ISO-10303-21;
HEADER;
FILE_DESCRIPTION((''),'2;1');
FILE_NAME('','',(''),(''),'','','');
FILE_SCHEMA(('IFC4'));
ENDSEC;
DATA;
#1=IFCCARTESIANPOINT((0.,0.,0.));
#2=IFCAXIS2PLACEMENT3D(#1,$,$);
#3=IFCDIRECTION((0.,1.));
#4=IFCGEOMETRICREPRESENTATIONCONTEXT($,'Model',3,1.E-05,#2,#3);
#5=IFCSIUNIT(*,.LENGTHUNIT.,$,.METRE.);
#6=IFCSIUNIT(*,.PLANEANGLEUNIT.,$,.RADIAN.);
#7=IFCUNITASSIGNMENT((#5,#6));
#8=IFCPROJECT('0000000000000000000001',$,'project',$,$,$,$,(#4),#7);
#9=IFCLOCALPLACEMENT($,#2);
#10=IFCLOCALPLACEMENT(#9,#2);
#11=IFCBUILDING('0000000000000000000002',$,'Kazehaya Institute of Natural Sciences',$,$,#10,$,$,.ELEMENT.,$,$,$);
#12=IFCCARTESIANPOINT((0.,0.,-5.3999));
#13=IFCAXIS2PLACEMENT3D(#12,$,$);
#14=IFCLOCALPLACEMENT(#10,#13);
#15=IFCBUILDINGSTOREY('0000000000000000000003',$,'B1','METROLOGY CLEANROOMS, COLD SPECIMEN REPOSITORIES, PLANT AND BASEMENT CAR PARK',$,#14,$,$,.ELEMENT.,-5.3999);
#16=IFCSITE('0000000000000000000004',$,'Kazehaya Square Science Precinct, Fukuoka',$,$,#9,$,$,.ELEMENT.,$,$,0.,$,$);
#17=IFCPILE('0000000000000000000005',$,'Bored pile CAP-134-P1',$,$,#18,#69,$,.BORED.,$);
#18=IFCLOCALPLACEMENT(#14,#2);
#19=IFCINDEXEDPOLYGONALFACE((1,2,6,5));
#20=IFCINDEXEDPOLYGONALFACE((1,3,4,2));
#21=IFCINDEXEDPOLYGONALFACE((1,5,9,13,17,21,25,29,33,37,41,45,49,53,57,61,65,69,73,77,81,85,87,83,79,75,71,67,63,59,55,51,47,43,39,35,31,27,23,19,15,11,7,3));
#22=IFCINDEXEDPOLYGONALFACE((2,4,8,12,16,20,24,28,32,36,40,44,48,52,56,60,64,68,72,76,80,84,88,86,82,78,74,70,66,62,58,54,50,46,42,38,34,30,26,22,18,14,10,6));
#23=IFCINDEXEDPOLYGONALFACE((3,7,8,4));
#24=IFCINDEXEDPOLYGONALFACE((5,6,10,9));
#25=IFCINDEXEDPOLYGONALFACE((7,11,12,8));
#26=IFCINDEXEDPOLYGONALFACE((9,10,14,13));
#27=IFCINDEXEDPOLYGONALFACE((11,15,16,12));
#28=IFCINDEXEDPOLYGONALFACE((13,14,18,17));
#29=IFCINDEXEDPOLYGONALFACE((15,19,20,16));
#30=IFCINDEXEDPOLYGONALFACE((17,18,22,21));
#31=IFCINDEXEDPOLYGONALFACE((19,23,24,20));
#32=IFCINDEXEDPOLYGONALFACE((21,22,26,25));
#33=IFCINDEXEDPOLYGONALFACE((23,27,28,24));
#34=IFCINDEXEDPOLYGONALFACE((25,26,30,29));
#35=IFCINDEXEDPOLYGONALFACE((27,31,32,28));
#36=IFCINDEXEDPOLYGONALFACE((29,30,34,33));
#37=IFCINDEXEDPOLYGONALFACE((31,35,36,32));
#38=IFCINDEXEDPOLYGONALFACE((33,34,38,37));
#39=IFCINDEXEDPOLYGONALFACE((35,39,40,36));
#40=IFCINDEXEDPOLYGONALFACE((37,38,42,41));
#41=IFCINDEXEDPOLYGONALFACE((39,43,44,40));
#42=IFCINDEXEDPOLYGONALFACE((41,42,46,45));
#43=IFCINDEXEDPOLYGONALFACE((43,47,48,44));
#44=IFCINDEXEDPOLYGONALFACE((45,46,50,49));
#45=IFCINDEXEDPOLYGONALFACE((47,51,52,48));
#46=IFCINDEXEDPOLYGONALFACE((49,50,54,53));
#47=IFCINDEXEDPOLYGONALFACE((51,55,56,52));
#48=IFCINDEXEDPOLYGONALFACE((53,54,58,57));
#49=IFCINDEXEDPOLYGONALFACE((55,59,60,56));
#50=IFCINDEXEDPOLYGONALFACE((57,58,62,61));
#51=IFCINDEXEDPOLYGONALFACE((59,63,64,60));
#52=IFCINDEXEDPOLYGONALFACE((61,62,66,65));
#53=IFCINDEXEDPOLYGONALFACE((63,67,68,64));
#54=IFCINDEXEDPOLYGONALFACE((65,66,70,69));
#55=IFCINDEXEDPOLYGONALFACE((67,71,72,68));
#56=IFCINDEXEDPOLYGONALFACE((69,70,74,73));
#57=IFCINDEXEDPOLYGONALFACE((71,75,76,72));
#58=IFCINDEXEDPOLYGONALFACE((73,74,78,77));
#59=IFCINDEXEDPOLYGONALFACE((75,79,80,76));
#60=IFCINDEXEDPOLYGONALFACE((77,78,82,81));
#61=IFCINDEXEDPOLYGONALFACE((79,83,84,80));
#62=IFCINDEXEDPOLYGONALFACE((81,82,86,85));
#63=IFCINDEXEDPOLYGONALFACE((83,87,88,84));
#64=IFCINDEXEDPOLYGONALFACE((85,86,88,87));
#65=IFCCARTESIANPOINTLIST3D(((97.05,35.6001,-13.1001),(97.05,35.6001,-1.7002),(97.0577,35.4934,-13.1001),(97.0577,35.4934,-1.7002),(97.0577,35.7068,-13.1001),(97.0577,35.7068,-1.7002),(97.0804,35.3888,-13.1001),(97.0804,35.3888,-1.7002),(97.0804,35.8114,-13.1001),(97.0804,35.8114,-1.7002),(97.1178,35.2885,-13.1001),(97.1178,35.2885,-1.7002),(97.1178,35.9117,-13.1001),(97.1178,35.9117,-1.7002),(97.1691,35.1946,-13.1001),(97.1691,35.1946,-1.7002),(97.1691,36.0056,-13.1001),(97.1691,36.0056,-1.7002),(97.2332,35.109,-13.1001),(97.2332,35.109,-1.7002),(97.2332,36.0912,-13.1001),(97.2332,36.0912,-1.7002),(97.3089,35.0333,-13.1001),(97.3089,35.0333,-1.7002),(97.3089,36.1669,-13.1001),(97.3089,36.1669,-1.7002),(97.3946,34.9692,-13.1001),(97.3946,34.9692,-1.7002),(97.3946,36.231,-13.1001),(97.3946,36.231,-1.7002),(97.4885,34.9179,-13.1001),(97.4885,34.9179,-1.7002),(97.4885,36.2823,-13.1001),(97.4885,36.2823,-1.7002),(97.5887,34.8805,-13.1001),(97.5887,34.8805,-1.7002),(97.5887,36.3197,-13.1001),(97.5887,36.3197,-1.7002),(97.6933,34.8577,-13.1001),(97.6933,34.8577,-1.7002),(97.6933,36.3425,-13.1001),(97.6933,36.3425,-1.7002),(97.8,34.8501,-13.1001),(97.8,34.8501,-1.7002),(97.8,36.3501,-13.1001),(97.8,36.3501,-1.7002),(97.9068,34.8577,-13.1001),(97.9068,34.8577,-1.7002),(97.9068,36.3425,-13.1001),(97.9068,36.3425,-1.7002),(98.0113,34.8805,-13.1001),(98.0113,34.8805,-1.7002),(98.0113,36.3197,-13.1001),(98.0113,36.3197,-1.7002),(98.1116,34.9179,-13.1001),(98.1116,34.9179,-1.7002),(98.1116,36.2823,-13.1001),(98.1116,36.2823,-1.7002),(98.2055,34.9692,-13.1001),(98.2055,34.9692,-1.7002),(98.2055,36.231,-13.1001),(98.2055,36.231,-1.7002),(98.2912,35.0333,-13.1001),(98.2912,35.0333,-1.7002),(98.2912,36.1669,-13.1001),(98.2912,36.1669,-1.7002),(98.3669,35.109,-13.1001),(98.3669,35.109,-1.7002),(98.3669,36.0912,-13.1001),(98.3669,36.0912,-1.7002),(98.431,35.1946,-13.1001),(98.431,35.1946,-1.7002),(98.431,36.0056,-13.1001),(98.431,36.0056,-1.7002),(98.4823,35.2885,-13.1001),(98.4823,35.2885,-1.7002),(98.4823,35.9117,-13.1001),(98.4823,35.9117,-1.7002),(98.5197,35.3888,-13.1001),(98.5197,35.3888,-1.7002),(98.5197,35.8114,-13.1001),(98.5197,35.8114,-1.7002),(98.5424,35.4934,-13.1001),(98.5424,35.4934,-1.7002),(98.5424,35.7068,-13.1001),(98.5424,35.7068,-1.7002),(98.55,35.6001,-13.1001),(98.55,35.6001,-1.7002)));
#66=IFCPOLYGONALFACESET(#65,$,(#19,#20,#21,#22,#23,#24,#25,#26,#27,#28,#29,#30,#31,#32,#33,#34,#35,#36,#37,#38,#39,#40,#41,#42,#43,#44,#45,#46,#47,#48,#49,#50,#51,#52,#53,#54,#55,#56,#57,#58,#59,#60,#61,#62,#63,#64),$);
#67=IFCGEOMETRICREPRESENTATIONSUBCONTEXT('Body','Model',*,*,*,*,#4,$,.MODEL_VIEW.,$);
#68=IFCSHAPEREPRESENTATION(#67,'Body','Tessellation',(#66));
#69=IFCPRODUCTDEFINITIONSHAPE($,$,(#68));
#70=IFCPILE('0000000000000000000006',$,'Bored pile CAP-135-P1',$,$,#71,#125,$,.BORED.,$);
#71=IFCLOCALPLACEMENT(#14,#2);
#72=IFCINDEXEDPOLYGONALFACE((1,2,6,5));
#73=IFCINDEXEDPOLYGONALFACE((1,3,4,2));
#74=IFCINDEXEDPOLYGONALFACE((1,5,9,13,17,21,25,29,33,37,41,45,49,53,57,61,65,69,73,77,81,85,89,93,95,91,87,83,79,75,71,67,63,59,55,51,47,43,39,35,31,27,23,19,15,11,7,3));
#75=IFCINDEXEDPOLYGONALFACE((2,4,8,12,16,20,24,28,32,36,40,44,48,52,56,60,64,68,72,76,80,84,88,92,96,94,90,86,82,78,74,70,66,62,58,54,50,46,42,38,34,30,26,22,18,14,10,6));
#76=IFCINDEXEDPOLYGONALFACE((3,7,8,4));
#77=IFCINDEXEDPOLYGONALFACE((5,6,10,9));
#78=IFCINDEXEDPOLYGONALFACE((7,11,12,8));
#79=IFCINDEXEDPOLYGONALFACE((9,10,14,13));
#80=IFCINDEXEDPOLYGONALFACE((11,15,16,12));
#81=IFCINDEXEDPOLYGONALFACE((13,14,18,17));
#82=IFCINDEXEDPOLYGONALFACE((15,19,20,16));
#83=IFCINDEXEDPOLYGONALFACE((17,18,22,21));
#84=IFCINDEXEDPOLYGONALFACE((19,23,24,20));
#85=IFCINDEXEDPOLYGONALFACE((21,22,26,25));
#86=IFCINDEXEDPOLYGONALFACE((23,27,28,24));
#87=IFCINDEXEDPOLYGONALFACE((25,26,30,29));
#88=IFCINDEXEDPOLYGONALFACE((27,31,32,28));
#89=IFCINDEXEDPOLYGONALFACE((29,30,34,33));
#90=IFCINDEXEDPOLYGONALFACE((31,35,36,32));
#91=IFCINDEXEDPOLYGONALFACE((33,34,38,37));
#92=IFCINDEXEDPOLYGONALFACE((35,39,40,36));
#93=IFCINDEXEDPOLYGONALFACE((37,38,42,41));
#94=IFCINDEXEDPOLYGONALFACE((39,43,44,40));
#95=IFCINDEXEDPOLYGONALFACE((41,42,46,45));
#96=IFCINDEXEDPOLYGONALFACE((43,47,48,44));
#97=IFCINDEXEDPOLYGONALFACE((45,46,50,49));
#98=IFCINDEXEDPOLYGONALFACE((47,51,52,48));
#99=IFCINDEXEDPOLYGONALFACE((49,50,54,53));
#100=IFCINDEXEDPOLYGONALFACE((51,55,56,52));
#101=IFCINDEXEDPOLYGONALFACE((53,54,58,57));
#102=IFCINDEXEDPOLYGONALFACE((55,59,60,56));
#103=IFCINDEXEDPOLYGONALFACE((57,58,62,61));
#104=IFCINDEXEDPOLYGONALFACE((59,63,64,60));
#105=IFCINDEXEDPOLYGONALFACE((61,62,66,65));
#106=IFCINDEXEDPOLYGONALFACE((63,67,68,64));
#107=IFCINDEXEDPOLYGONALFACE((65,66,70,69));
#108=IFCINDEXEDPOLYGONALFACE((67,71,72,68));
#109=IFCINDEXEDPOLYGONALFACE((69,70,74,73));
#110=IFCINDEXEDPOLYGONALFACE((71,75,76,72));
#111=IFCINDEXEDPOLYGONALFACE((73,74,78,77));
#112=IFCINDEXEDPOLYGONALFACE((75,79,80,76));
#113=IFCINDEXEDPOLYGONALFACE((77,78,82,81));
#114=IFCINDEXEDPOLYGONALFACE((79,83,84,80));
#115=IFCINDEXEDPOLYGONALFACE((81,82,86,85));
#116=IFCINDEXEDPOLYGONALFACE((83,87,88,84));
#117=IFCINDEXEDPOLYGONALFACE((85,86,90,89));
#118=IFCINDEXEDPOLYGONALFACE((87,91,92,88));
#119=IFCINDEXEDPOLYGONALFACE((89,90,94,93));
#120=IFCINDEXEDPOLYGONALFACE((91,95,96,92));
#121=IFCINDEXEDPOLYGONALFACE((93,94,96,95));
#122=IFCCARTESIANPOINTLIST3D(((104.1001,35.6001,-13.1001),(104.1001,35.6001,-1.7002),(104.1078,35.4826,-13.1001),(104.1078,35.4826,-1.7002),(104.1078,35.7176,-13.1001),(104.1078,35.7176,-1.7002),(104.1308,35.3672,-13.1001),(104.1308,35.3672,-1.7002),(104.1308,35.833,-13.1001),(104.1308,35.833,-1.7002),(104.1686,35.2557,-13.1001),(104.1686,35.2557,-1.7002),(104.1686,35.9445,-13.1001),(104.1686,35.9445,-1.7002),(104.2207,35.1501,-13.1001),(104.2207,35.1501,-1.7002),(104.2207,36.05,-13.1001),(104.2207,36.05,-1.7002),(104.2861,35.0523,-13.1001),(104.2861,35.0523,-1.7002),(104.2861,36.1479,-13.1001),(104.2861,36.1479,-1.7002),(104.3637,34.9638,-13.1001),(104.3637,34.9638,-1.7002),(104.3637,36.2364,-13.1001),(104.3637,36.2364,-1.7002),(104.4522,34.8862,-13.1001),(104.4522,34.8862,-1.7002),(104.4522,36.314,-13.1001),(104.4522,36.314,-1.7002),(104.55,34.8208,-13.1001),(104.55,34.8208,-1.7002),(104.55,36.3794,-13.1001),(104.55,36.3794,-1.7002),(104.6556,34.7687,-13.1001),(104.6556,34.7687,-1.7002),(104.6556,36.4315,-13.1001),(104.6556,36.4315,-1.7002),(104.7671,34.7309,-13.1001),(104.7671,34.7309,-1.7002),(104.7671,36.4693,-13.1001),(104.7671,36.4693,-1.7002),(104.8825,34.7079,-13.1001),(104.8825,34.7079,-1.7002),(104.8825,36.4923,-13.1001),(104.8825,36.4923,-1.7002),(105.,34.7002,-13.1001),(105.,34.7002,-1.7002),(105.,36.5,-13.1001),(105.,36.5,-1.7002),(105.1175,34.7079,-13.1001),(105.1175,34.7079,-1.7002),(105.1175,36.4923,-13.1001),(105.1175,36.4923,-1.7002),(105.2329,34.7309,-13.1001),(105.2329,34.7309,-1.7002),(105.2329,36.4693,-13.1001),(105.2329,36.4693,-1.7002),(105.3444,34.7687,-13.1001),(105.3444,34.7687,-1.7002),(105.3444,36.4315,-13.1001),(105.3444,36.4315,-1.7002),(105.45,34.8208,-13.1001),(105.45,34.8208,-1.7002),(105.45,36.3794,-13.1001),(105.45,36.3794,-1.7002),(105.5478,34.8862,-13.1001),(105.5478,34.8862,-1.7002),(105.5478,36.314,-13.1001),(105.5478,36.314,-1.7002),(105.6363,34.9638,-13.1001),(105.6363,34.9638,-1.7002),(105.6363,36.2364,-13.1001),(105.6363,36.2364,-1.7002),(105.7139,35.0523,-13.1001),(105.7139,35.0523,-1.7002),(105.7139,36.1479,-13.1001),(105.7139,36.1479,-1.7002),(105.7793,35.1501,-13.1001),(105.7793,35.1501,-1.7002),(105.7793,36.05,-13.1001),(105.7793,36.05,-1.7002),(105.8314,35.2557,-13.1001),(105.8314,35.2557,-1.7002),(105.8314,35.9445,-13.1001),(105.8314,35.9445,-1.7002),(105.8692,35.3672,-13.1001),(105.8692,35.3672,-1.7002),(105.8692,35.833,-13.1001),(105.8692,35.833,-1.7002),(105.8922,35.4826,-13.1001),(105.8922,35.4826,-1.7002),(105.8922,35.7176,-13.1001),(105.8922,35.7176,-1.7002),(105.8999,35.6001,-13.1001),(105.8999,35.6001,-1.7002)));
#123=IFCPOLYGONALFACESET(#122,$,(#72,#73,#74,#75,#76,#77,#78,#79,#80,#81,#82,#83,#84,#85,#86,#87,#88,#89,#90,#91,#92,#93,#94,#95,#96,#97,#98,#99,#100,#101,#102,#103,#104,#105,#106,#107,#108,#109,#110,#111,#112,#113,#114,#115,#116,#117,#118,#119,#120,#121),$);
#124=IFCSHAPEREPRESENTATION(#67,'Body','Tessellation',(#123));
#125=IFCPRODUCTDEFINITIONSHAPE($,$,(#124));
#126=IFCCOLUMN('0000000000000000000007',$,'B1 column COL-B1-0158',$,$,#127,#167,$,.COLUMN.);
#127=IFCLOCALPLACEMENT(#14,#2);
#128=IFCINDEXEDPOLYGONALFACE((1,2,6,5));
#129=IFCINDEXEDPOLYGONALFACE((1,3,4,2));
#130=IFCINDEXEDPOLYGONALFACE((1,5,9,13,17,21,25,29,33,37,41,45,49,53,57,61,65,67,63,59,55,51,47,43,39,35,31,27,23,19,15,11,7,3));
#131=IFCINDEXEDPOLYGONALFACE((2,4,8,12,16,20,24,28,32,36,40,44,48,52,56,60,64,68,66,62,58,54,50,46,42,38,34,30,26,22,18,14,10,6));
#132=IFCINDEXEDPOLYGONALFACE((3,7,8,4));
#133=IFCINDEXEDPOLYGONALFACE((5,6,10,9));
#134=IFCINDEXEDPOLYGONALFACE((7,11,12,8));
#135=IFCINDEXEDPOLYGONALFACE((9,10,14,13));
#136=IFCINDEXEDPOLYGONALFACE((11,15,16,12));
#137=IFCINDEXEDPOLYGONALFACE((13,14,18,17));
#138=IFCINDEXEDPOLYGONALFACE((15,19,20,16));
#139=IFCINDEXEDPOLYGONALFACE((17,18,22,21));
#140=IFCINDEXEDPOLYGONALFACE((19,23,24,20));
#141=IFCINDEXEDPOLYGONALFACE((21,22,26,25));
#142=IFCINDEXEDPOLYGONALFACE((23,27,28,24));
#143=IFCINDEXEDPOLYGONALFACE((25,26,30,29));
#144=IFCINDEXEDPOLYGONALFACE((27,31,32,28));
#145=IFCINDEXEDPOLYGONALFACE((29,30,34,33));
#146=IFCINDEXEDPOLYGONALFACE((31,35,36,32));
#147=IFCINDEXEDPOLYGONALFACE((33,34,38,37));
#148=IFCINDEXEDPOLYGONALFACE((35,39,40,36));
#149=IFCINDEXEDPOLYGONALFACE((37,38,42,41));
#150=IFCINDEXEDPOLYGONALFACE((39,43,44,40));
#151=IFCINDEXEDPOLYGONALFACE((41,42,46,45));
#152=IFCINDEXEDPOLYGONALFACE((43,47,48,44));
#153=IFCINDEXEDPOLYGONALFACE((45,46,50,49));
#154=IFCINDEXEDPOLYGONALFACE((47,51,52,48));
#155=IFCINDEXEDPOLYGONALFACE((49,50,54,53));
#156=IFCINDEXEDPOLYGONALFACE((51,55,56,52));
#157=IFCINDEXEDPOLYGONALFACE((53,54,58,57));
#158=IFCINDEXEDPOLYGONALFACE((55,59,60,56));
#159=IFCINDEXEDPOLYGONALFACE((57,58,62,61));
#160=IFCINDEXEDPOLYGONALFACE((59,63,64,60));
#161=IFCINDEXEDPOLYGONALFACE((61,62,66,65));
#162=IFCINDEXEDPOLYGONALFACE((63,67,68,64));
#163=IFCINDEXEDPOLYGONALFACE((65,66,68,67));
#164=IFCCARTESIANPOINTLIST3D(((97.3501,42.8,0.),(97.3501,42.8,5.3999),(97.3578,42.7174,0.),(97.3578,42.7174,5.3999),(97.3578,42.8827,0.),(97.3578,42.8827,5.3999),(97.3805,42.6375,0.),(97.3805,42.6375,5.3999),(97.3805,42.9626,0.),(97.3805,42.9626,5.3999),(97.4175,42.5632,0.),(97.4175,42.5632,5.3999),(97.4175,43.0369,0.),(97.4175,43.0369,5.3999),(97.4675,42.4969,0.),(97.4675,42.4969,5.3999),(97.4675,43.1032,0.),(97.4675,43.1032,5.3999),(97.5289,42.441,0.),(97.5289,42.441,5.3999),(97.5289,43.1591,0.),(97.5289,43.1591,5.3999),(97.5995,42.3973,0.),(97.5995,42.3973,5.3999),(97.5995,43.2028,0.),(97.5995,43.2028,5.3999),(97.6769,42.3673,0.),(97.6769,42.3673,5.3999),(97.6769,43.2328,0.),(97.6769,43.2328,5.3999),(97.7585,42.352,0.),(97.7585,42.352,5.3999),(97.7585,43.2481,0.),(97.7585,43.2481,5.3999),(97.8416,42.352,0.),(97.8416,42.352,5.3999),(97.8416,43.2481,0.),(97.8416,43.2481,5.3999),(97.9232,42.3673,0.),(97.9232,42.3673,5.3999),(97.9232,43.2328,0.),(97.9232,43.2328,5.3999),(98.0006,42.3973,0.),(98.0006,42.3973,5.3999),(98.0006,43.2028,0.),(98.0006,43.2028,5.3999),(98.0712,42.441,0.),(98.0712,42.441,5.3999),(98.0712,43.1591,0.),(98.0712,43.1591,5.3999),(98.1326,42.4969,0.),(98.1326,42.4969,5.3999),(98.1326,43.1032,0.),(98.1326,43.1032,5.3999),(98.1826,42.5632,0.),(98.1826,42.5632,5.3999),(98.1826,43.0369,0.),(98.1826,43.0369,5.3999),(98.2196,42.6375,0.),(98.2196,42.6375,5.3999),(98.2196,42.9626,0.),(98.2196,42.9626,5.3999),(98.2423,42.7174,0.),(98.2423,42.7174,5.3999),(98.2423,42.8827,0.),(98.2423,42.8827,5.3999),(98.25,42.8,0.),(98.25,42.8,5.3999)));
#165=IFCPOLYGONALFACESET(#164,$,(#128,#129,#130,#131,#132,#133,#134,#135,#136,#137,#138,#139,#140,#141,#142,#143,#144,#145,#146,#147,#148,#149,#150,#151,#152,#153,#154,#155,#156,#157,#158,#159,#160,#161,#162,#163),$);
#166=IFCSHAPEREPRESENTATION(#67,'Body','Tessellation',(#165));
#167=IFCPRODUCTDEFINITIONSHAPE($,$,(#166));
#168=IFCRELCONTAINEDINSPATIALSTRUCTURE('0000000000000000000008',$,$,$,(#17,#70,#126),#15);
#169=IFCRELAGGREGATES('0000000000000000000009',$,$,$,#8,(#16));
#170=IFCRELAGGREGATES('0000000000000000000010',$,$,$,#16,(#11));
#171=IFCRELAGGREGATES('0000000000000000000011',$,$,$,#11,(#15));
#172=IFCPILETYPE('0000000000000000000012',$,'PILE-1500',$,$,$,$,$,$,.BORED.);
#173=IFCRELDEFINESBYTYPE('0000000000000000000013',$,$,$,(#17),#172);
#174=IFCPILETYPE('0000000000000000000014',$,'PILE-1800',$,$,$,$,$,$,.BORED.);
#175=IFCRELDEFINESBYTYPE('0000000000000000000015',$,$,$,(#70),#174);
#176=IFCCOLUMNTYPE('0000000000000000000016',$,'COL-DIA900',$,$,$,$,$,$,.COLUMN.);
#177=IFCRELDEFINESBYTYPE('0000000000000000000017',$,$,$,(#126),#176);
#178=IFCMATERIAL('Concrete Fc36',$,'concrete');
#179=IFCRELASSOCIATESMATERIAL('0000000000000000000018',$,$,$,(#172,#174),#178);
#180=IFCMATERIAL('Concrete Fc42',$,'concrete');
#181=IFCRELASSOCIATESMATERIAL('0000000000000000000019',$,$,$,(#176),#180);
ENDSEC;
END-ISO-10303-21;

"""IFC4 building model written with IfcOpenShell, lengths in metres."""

from ifc_helpers import new_model, si_unit, direction, frame, origin, origin_2d, place, context, subcontext, project, spatial, circle, extrude, material, material_profile, profile_set, type_object, element, save


model = new_model("IFC4")

# Units and contexts
model_context = context("Model", 3, precision=1e-05, world=origin(), true_north=direction((0.0, 1.0)))
body_context = subcontext(model_context, "Body", "Model", "MODEL_VIEW")
ifc_project = project(units=[si_unit("LENGTHUNIT", "METRE"), si_unit("PLANEANGLEUNIT", "RADIAN")], contexts=[model_context])

# Site, building, storey
site_placement = place(None, origin())
site = spatial("IfcSite", under=ifc_project, at=site_placement, Name="Kazehaya Square Science Precinct, Fukuoka", CompositionType="ELEMENT", RefElevation=0.0)
building_placement = place(site_placement, origin())
building = spatial("IfcBuilding", under=site, at=building_placement, Name="Kazehaya Institute of Natural Sciences", CompositionType="ELEMENT")
storey_placement = place(building_placement, frame((0.0, 0.0, -5.3999)))
storey = spatial("IfcBuildingStorey", under=building, at=storey_placement, Name="B1", Description="METROLOGY CLEANROOMS, COLD SPECIMEN REPOSITORIES, PLANT AND BASEMENT CAR PARK", CompositionType="ELEMENT", Elevation=-5.3999)

# Shared definitions
ifc_material_1 = material(Name="Concrete Fc36", Category="concrete")

# Piles
ifc_material_profile_1 = material_profile(ifc_material_1, circle(Radius=0.75, at=origin_2d()), Name="PILE-1500")
ifc_profile_set_1 = profile_set([ifc_material_profile_1], Name="Concrete Fc36")
pile_type_1 = type_object("IfcPileType", Name="PILE-1500", PredefinedType="BORED", material=ifc_profile_set_1)
pile_1_placement = place(storey_placement, frame((97.8, 35.6001, -1.7002), z_axis=(0.0, 0.0, -1.0), x_axis=(1.0, 0.0, 0.0)))
element("IfcPile", 1, at=pile_1_placement, inside=storey, type_object=pile_type_1, Name="Bored pile CAP-134-P1", PredefinedType="BORED", context=body_context, shape_type="SweptSolid", body=[
    extrude(circle(Radius=0.75, at=origin_2d()), origin(), (0.0, 0.0, 1.0), 11.3999),
])
ifc_material_profile_2 = material_profile(ifc_material_1, circle(Radius=0.8999, at=origin_2d()), Name="PILE-1800")
ifc_profile_set_2 = profile_set([ifc_material_profile_2], Name="Concrete Fc36")
pile_type_2 = type_object("IfcPileType", Name="PILE-1800", PredefinedType="BORED", material=ifc_profile_set_2)
pile_2_placement = place(storey_placement, frame((105.0, 35.6001, -1.7002), z_axis=(0.0, 0.0, -1.0), x_axis=(1.0, 0.0, 0.0)))
element("IfcPile", 2, at=pile_2_placement, inside=storey, type_object=pile_type_2, Name="Bored pile CAP-135-P1", PredefinedType="BORED", context=body_context, shape_type="SweptSolid", body=[
    extrude(circle(Radius=0.8999, at=origin_2d()), origin(), (0.0, 0.0, 1.0), 11.3999),
])

# Column
ifc_material_2 = material(Name="Concrete Fc42", Category="concrete")
ifc_material_profile_3 = material_profile(ifc_material_2, circle(Radius=0.45, at=origin_2d()), Name="RC-DIA900")
ifc_profile_set_3 = profile_set([ifc_material_profile_3], Name="Concrete Fc42")
column_type_1 = type_object("IfcColumnType", Name="COL-DIA900", PredefinedType="COLUMN", material=ifc_profile_set_3)
for number, where, z_axis, x_axis, name in (
    (3, (97.8, 42.8, 0.0), (0.0, 0.0, 1.0), (1.0, 0.0, 0.0), "B1 column COL-B1-0158"),
):
    element("IfcColumn", number, at=place(storey_placement, frame(where, z_axis=z_axis, x_axis=x_axis)), inside=storey, type_object=column_type_1, Name=name, PredefinedType="COLUMN", context=body_context, shape_type="SweptSolid", body=[
        extrude(circle(Radius=0.45, at=origin_2d()), origin(), (0.0, 0.0, 1.0), 5.3999),
    ])

save(model, "model.ifc")
